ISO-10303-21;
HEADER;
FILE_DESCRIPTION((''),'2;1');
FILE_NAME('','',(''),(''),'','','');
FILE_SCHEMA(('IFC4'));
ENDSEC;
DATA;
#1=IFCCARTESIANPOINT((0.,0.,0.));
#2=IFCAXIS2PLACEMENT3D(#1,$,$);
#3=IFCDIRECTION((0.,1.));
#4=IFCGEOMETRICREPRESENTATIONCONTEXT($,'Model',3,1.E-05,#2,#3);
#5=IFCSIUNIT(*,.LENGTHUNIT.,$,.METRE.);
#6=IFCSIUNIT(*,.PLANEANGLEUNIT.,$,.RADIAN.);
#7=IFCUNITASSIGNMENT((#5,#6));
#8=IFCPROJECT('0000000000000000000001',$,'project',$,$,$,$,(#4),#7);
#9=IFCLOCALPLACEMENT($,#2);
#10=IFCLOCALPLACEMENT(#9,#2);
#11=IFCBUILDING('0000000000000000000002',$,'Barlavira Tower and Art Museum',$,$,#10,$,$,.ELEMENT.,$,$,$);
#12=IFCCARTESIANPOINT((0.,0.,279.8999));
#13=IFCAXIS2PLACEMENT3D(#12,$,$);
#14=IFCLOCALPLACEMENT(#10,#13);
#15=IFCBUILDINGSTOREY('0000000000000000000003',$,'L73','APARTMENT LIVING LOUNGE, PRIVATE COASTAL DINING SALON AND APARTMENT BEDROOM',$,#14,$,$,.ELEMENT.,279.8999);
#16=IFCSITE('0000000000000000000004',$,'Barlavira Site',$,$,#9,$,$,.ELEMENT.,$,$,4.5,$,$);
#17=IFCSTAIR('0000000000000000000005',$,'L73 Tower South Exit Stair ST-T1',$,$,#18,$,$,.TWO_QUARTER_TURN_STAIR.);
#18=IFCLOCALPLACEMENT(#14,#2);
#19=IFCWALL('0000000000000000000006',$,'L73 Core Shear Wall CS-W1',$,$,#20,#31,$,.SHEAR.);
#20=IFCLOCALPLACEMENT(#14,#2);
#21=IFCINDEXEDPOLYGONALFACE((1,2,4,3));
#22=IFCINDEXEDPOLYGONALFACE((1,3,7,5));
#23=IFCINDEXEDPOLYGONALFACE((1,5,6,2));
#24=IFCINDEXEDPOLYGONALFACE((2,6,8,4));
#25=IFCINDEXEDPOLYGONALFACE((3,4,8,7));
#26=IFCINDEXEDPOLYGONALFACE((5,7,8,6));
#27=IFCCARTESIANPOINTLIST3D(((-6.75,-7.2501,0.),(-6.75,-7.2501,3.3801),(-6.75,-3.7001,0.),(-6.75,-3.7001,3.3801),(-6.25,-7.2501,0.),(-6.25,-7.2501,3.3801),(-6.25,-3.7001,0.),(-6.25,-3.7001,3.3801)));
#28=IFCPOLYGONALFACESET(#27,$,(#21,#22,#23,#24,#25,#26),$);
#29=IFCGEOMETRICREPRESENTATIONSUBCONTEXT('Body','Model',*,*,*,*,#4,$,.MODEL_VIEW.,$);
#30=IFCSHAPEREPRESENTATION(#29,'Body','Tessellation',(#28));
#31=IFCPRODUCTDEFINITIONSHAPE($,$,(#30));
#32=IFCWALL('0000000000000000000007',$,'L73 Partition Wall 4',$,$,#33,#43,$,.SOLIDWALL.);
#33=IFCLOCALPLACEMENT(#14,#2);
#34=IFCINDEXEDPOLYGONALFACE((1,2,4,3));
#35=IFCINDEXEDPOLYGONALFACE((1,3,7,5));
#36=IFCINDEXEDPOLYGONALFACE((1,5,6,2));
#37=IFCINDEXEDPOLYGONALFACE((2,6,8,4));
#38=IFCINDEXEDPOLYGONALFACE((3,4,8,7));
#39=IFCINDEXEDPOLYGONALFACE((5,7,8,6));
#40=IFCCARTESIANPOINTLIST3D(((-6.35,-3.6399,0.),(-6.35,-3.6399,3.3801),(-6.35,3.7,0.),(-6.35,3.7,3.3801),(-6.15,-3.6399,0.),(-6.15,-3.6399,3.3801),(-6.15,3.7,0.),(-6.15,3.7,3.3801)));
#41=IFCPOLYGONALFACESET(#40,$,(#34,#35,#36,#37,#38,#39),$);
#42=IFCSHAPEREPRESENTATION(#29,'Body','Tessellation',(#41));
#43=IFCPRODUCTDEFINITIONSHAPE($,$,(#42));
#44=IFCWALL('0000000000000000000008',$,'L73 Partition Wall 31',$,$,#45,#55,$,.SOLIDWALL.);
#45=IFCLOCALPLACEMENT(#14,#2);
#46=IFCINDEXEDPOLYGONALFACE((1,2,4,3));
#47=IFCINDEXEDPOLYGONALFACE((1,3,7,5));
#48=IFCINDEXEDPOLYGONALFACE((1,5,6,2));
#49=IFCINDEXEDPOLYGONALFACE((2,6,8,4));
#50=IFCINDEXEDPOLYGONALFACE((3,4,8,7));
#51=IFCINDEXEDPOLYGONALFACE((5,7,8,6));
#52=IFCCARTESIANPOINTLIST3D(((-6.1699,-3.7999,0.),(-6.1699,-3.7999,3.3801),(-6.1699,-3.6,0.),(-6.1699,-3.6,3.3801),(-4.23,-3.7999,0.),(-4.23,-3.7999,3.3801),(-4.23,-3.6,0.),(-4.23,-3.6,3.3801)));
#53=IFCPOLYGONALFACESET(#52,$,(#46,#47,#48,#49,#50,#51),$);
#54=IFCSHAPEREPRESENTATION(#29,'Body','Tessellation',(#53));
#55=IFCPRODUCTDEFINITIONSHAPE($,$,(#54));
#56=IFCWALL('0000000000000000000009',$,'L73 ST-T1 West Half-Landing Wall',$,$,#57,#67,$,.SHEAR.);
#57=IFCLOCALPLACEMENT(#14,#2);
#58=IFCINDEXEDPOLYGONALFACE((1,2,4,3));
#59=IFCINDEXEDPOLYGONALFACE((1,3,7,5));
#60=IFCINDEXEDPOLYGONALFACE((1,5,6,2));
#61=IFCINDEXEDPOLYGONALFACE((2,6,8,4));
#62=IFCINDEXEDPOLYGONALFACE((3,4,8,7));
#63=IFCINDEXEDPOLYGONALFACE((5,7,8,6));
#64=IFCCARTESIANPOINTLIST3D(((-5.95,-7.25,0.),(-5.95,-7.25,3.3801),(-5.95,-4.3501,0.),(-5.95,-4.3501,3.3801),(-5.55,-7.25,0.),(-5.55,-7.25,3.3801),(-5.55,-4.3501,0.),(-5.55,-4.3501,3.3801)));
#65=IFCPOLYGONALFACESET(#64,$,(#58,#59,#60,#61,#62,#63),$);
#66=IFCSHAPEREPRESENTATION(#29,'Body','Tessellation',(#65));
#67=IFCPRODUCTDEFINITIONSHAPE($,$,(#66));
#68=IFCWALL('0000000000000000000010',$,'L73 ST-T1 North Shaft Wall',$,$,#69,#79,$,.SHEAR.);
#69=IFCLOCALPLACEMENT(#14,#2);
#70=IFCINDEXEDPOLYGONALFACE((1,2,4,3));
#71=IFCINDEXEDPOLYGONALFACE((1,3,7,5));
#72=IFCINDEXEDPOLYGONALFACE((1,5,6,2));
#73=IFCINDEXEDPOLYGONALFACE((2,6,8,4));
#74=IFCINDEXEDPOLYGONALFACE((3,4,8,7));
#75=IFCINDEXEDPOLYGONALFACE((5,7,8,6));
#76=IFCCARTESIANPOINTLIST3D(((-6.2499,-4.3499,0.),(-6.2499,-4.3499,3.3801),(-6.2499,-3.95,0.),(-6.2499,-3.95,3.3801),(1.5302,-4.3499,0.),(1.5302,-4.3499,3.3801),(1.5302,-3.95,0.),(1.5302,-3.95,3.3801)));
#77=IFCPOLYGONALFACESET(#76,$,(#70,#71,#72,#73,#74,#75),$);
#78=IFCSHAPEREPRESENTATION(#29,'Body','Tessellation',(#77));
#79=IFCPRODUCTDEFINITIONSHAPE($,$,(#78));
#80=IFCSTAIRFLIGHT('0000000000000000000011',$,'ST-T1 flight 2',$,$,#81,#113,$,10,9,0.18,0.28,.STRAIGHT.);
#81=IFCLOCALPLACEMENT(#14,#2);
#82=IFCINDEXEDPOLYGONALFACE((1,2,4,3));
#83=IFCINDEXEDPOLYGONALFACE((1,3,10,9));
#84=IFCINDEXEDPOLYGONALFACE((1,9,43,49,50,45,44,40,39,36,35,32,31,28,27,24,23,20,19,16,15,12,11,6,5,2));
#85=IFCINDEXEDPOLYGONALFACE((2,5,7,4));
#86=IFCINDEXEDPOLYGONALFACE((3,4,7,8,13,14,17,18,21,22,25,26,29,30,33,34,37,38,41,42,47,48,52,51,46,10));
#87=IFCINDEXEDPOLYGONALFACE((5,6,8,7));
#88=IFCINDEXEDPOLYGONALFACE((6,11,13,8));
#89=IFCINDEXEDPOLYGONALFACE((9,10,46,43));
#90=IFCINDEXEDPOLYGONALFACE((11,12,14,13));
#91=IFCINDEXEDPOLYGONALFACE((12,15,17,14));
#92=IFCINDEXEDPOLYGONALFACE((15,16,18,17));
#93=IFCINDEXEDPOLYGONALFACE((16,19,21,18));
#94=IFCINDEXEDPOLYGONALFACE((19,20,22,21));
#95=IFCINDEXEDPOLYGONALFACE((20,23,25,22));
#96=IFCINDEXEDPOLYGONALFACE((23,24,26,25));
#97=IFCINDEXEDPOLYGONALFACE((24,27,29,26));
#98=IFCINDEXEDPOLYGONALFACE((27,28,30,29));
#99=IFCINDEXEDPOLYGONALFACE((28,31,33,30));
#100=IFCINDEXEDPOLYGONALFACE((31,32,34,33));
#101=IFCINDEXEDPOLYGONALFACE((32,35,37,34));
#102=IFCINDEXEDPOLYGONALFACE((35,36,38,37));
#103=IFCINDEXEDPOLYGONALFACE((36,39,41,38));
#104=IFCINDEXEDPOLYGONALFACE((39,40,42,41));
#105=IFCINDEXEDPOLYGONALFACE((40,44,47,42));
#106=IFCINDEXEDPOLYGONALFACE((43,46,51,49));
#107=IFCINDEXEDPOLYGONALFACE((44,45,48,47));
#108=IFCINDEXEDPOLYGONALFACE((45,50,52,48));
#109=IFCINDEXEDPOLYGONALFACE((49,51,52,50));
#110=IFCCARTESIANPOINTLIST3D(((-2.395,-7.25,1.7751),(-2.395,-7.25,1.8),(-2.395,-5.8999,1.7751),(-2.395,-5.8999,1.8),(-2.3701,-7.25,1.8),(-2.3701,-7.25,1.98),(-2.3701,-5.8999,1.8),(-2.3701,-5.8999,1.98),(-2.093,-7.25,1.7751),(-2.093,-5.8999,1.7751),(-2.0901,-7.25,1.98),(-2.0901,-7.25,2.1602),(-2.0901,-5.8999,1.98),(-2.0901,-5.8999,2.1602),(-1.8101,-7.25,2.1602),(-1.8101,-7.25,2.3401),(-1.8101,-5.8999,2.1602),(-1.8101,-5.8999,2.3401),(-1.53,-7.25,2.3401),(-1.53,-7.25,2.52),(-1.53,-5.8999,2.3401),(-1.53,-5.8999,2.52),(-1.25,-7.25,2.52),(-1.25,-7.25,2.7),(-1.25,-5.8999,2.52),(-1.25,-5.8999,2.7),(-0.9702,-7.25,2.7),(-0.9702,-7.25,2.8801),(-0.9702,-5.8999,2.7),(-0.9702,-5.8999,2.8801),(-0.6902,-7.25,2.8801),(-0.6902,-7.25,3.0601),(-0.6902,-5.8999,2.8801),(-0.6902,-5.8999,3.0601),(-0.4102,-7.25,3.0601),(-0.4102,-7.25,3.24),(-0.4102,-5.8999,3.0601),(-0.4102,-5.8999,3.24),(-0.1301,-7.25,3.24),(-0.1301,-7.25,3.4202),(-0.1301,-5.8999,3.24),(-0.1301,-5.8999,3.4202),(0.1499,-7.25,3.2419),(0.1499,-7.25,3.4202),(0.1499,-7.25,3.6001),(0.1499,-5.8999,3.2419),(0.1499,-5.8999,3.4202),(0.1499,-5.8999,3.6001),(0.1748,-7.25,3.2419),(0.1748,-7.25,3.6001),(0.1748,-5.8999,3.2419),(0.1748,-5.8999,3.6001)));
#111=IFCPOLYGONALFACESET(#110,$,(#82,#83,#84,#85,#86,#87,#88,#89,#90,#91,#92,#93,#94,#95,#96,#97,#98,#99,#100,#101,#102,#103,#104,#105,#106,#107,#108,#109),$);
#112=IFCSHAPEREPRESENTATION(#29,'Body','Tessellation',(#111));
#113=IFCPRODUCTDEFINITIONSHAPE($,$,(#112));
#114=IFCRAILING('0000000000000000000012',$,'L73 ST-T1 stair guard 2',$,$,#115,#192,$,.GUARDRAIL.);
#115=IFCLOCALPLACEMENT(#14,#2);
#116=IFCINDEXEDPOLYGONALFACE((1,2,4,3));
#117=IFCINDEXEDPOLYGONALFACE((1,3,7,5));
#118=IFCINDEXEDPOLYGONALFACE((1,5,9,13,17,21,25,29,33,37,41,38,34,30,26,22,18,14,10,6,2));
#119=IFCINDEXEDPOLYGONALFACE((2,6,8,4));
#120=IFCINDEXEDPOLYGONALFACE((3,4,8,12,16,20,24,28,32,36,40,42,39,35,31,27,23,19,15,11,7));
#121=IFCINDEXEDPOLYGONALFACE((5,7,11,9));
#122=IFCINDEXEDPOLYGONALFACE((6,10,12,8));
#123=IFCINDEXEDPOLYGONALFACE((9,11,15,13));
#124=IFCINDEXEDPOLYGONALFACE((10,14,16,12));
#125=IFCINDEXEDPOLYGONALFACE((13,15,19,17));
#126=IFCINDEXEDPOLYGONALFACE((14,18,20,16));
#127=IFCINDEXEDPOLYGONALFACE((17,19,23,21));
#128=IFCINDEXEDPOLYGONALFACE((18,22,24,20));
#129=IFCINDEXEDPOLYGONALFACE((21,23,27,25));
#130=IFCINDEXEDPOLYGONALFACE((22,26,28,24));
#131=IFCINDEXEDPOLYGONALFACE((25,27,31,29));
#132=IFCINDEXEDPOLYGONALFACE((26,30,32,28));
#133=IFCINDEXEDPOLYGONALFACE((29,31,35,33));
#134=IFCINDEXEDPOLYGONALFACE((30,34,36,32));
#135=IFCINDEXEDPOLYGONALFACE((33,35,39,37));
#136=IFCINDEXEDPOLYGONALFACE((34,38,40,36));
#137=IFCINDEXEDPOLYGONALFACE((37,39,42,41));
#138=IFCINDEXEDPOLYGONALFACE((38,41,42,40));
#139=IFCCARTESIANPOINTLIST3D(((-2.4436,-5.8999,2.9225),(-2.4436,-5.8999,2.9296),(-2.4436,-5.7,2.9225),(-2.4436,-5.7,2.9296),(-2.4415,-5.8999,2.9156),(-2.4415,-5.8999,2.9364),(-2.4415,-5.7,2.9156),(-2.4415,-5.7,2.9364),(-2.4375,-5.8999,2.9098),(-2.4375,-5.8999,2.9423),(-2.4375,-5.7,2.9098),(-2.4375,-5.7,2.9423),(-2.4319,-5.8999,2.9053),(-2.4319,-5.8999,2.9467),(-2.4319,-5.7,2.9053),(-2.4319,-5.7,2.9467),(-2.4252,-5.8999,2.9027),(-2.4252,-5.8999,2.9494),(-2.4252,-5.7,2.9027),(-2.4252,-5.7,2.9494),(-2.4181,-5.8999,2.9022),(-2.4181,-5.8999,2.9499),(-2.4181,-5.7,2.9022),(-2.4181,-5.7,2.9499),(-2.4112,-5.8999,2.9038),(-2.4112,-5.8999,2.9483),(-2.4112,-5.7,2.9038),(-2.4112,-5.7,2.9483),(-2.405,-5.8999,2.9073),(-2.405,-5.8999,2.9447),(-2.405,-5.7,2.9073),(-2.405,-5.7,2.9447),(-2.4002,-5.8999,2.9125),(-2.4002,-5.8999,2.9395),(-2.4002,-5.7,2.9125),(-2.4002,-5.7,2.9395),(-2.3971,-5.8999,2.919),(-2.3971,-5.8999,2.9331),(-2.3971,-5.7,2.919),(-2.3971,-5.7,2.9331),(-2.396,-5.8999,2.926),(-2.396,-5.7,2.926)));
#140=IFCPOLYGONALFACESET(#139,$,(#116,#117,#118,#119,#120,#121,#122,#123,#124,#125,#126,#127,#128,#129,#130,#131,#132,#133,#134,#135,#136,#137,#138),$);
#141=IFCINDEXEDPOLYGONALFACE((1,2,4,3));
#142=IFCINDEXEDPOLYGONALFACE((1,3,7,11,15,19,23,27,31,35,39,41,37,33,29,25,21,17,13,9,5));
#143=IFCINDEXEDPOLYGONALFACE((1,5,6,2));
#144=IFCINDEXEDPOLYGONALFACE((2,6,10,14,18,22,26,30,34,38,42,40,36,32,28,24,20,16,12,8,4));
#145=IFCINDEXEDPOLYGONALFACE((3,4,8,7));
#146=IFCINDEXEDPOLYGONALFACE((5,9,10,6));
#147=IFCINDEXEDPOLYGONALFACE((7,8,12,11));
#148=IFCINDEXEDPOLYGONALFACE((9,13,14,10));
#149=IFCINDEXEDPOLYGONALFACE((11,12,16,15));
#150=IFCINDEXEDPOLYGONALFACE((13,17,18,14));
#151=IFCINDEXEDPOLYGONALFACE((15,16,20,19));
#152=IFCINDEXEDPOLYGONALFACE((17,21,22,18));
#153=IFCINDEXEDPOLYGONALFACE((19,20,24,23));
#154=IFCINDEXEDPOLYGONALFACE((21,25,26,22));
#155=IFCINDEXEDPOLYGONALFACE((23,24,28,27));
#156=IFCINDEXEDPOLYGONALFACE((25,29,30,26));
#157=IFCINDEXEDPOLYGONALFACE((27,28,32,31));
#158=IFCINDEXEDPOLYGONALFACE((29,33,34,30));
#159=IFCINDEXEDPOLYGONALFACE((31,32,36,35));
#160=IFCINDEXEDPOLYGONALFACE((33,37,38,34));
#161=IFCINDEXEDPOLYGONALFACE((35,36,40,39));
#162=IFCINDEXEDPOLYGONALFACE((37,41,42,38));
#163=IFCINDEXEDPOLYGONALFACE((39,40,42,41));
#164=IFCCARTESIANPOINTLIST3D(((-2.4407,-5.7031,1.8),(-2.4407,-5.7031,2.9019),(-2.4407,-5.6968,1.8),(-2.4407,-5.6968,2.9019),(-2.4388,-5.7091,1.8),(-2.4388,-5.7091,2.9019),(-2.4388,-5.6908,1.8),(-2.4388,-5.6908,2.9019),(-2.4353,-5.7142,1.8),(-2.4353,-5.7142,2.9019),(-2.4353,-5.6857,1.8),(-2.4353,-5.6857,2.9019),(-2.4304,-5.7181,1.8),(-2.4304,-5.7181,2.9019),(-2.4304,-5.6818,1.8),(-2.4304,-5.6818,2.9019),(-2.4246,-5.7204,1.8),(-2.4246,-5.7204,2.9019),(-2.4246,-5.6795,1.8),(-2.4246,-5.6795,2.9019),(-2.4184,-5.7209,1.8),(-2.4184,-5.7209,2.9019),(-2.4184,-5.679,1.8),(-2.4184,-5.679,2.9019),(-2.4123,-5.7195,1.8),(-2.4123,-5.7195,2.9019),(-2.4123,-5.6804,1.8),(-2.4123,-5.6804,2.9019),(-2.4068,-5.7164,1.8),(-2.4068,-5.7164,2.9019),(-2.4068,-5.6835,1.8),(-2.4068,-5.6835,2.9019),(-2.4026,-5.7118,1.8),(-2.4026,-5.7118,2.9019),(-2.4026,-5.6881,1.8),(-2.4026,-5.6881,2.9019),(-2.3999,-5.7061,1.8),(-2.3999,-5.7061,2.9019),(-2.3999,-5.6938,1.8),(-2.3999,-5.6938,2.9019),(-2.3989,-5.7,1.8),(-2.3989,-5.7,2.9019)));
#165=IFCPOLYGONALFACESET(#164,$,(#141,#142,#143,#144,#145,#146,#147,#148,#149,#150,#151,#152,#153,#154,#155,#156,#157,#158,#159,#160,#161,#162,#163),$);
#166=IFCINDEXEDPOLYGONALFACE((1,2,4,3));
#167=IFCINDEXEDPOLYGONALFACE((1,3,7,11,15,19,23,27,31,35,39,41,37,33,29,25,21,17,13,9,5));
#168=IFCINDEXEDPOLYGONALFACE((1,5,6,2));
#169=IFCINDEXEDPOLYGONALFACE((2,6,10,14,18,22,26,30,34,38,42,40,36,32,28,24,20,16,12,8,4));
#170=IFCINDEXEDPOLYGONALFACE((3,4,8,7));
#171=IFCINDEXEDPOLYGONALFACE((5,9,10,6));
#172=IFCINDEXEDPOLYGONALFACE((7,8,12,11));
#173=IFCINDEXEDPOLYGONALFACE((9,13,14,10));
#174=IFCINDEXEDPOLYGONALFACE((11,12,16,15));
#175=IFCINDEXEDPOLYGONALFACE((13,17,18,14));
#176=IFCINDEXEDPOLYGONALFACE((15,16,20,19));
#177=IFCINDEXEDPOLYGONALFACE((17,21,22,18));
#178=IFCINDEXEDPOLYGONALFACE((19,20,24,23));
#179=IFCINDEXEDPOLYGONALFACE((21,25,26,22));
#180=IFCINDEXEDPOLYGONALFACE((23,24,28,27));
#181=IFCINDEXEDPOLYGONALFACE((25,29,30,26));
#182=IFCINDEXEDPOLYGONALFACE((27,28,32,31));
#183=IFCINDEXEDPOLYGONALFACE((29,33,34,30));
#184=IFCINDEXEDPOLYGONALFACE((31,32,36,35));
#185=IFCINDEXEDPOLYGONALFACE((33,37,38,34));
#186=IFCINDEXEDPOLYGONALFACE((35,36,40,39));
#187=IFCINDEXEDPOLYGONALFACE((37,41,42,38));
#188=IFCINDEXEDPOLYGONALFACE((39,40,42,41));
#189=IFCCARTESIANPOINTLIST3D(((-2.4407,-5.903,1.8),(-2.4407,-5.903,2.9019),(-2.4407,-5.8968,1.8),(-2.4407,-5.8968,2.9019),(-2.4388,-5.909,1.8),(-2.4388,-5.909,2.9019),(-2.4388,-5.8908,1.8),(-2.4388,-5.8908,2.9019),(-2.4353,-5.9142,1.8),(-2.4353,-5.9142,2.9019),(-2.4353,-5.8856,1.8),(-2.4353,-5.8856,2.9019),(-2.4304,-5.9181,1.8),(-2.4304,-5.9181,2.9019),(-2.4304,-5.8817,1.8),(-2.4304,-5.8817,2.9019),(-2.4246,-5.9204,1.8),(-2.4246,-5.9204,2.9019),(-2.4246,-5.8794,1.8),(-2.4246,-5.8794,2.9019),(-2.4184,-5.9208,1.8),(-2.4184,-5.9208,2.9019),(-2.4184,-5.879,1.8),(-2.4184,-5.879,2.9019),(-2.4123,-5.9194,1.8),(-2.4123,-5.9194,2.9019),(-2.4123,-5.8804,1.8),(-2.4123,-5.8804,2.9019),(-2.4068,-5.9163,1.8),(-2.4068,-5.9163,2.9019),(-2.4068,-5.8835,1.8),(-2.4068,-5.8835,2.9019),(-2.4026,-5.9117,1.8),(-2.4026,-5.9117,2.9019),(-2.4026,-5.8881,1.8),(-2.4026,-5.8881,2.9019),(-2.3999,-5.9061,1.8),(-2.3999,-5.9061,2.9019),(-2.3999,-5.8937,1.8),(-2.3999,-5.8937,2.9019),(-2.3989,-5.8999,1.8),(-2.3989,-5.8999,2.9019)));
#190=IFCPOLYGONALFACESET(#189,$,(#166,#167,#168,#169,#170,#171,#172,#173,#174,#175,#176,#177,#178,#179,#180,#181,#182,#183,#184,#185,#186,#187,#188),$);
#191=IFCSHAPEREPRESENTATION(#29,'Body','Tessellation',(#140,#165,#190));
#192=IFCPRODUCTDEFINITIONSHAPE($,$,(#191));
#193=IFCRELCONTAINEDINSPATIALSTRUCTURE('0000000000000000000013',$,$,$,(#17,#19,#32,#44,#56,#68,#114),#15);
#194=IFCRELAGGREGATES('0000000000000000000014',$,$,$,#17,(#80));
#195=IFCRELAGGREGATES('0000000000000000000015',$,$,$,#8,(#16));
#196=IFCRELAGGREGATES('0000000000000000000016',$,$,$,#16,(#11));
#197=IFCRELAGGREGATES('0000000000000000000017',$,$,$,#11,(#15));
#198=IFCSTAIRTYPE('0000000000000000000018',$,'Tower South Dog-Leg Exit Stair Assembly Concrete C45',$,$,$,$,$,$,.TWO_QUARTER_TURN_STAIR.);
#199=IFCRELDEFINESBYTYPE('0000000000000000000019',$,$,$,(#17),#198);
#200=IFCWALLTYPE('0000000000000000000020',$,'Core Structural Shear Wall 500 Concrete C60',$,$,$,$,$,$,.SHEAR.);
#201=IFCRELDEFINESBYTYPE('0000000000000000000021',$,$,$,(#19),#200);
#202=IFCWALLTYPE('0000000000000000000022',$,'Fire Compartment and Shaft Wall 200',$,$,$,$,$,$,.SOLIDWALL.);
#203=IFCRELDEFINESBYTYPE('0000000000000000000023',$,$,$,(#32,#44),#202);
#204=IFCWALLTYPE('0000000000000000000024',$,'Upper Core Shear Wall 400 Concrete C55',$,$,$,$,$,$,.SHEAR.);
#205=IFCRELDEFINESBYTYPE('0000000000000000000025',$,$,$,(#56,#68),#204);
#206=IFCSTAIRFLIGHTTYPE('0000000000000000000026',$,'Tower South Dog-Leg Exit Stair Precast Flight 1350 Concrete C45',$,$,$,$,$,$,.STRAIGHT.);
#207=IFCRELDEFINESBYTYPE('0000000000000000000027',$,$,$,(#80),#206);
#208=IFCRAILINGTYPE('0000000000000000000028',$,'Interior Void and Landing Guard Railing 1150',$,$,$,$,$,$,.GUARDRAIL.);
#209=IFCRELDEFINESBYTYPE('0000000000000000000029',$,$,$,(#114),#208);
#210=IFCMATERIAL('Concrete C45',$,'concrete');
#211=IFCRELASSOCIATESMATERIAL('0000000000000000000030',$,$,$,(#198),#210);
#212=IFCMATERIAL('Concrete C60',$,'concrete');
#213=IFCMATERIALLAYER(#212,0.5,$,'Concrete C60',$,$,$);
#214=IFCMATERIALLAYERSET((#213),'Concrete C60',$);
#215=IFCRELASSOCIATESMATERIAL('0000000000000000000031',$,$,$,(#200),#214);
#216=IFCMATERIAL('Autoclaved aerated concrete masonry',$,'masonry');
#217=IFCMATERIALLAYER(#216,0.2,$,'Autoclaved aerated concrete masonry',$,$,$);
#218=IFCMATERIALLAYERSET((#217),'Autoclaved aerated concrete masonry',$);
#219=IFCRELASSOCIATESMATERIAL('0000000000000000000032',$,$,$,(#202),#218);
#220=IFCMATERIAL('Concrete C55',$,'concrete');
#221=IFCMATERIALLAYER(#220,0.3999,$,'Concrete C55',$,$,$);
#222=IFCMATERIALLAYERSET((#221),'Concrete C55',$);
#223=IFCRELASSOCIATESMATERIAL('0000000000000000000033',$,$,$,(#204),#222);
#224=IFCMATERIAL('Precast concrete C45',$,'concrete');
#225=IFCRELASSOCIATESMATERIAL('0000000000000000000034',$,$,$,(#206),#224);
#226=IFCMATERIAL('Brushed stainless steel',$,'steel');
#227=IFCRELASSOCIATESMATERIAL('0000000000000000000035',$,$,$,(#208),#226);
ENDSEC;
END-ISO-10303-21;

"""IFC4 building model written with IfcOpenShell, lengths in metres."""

from ifc_helpers import new_model, si_unit, direction, frame, frame_2d, origin, origin_2d, place, context, subcontext, project, spatial, polyline, rectangle, circle, outline, extrude, material, layer, layer_set, type_object, element, aggregate, save


model = new_model("IFC4")

# Units and contexts
model_context = context("Model", 3, precision=1e-05, world=origin(), true_north=direction((0.0, 1.0)))
body_context = subcontext(model_context, "Body", "Model", "MODEL_VIEW")
ifc_project = project(units=[si_unit("LENGTHUNIT", "METRE"), si_unit("PLANEANGLEUNIT", "RADIAN")], contexts=[model_context])

# Site, building, storey
site_placement = place(None, origin())
site = spatial("IfcSite", under=ifc_project, at=site_placement, Name="Barlavira Site", CompositionType="ELEMENT", RefElevation=4.5)
building_placement = place(site_placement, origin())
building = spatial("IfcBuilding", under=site, at=building_placement, Name="Barlavira Tower and Art Museum", CompositionType="ELEMENT")
storey_placement = place(building_placement, frame((0.0, 0.0, 279.8999)))
storey = spatial("IfcBuildingStorey", under=building, at=storey_placement, Name="L73", Description="APARTMENT LIVING LOUNGE, PRIVATE COASTAL DINING SALON AND APARTMENT BEDROOM", CompositionType="ELEMENT", Elevation=279.8999)

# Stair
ifc_material_1 = material(Name="Concrete C45", Category="concrete")
stair_type = type_object("IfcStairType", Name="Tower South Dog-Leg Exit Stair Assembly Concrete C45", PredefinedType="TWO_QUARTER_TURN_STAIR", material=ifc_material_1)
stair_placement = place(storey_placement, origin())
stair = element("IfcStair", 1, at=stair_placement, inside=storey, type_object=stair_type, Name="L73 Tower South Exit Stair ST-T1", PredefinedType="TWO_QUARTER_TURN_STAIR")

# Wall
ifc_material_2 = material(Name="Concrete C60", Category="concrete")
ifc_layer_1 = layer(ifc_material_2, 0.5, Name="Concrete C60")
ifc_layer_set_1 = layer_set([ifc_layer_1], Name="Concrete C60")
wall_type_1 = type_object("IfcWallType", Name="Core Structural Shear Wall 500 Concrete C60", PredefinedType="SHEAR", material=ifc_layer_set_1)
wall_1_placement = place(storey_placement, frame((-6.5, -7.25, 0.0), z_axis=(0.0, 0.0, 1.0), x_axis=(0.0, 1.0, 0.0)))
element("IfcWall", 2, at=wall_1_placement, inside=storey, type_object=wall_type_1, Name="L73 Core Shear Wall CS-W1", PredefinedType="SHEAR", context=body_context, shape_type="SweptSolid", body=[
    extrude(rectangle(XDim=3.55, YDim=0.5, at=frame_2d((1.7749, 0.0))), origin(), (0.0, 0.0, 1.0), 3.3801),
])

# Shared definitions
ifc_material_3 = material(Name="Autoclaved aerated concrete masonry", Category="masonry")
ifc_layer_2 = layer(ifc_material_3, 0.2, Name="Autoclaved aerated concrete masonry")
ifc_layer_set_2 = layer_set([ifc_layer_2], Name="Autoclaved aerated concrete masonry")
wall_type_2 = type_object("IfcWallType", Name="Fire Compartment and Shaft Wall 200", PredefinedType="SOLIDWALL", material=ifc_layer_set_2)
ifc_material_4 = material(Name="Brushed stainless steel", Category="steel")

# Wall
wall_2_placement = place(storey_placement, frame((-6.25, -3.6399, 0.0), z_axis=(0.0, 0.0, 1.0), x_axis=(0.0, 1.0, 0.0)))
element("IfcWall", 3, at=wall_2_placement, inside=storey, type_object=wall_type_2, Name="L73 Partition Wall 4", PredefinedType="SOLIDWALL", context=body_context, shape_type="SweptSolid", body=[
    extrude(rectangle(XDim=7.3398, YDim=0.2, at=frame_2d((3.6699, 0.0))), origin(), (0.0, 0.0, 1.0), 3.3801),
])

# Wall
wall_3_placement = place(storey_placement, frame((-6.1699, -3.7, 0.0), z_axis=(0.0, 0.0, 1.0), x_axis=(1.0, 0.0, 0.0)))
element("IfcWall", 4, at=wall_3_placement, inside=storey, type_object=wall_type_2, Name="L73 Partition Wall 31", PredefinedType="SOLIDWALL", context=body_context, shape_type="SweptSolid", body=[
    extrude(rectangle(XDim=1.9399, YDim=0.2, at=frame_2d((0.97, 0.0))), origin(), (0.0, 0.0, 1.0), 3.3801),
])

# Walls
ifc_material_5 = material(Name="Concrete C55", Category="concrete")
ifc_layer_3 = layer(ifc_material_5, 0.3999, Name="Concrete C55")
ifc_layer_set_3 = layer_set([ifc_layer_3], Name="Concrete C55")
wall_type_3 = type_object("IfcWallType", Name="Upper Core Shear Wall 400 Concrete C55", PredefinedType="SHEAR", material=ifc_layer_set_3)
wall_4_placement = place(storey_placement, frame((-5.75, -7.25, 0.0), z_axis=(0.0, 0.0, 1.0), x_axis=(0.0, 1.0, 0.0)))
element("IfcWall", 5, at=wall_4_placement, inside=storey, type_object=wall_type_3, Name="L73 ST-T1 West Half-Landing Wall", PredefinedType="SHEAR", context=body_context, shape_type="SweptSolid", body=[
    extrude(rectangle(XDim=2.8999, YDim=0.3999, at=frame_2d((1.45, 0.0))), origin(), (0.0, 0.0, 1.0), 3.3801),
])
wall_5_placement = place(storey_placement, frame((-6.25, -4.1499, 0.0), z_axis=(0.0, 0.0, 1.0), x_axis=(1.0, 0.0, 0.0)))
element("IfcWall", 6, at=wall_5_placement, inside=storey, type_object=wall_type_3, Name="L73 ST-T1 North Shaft Wall", PredefinedType="SHEAR", context=body_context, shape_type="SweptSolid", body=[
    extrude(rectangle(XDim=7.78, YDim=0.3999, at=frame_2d((3.8901, 0.0))), origin(), (0.0, 0.0, 1.0), 3.3801),
])

# Stair flight
ifc_material_6 = material(Name="Precast concrete C45", Category="concrete")
stair_flight_type = type_object("IfcStairFlightType", Name="Tower South Dog-Leg Exit Stair Precast Flight 1350 Concrete C45", PredefinedType="STRAIGHT", material=ifc_material_6)
stair_flight_placement = place(storey_placement, frame((-2.3701, -6.575, 1.8), z_axis=(0.0, 0.0, 1.0), x_axis=(1.0, 0.0, 0.0)))
stair_flight = element("IfcStairFlight", 7, at=stair_flight_placement, type_object=stair_flight_type, Name="ST-T1 flight 2", NumberOfRisers=10, NumberOfTreads=9, PredefinedType="STRAIGHT", RiserHeight=0.18, TreadLength=0.28, context=body_context, shape_type="SweptSolid", body=[
    extrude(outline(polyline([(-0.0249, 0.0), (0.0, 0.0), (0.0, 0.1799), (0.28, 0.1799), (0.28, 0.3601), (0.5601, 0.3601), (0.5601, 0.54), (0.8401, 0.54), (0.8401, 0.72), (1.1201, 0.72), (1.1201, 0.8999), (1.3999, 0.8999), (1.3999, 1.0801), (1.6799, 1.0801), (1.6799, 1.26), (1.96, 1.26), (1.96, 1.4399), (2.24, 1.4399), (2.24, 1.6201), (2.52, 1.6201), (2.52, 1.8), (2.5449, 1.8), (2.5449, 1.4419), (2.52, 1.4419), (0.2771, -0.0249), (-0.0249, -0.0249), (-0.0249, 0.0)])), frame((0.0, 0.675, 0.0), z_axis=(0.0, -1.0, 0.0), x_axis=(1.0, 0.0, 0.0)), (0.0, 0.0, 1.0), 1.3501),
])
aggregate(stair, [stair_flight])

# Railing
railing_type_1 = type_object("IfcRailingType", Name="Interior Void and Landing Guard Railing 1150", PredefinedType="GUARDRAIL", material=ifc_material_4)
railing_1_placement = place(storey_placement, frame((-2.4199, -5.7, 1.8)))
element("IfcRailing", 8, at=railing_1_placement, inside=storey, type_object=railing_type_1, Name="L73 ST-T1 stair guard 2", PredefinedType="GUARDRAIL", context=body_context, shape_type="SweptSolid", body=[
    extrude(circle(Radius=0.0239, at=origin_2d()), frame((0.0, 0.0, 1.126), z_axis=(0.0, -1.0, 0.0), x_axis=(1.0, 0.0, 0.0)), (0.0, 0.0, 1.0), 0.2),
    extrude(circle(Radius=0.021, at=origin_2d()), origin(), (0.0, 0.0, 1.0), 1.1018),
    extrude(circle(Radius=0.021, at=origin_2d()), frame((0.0, -0.2, 0.0)), (0.0, 0.0, 1.0), 1.1018),
])

save(model, "model.ifc")
